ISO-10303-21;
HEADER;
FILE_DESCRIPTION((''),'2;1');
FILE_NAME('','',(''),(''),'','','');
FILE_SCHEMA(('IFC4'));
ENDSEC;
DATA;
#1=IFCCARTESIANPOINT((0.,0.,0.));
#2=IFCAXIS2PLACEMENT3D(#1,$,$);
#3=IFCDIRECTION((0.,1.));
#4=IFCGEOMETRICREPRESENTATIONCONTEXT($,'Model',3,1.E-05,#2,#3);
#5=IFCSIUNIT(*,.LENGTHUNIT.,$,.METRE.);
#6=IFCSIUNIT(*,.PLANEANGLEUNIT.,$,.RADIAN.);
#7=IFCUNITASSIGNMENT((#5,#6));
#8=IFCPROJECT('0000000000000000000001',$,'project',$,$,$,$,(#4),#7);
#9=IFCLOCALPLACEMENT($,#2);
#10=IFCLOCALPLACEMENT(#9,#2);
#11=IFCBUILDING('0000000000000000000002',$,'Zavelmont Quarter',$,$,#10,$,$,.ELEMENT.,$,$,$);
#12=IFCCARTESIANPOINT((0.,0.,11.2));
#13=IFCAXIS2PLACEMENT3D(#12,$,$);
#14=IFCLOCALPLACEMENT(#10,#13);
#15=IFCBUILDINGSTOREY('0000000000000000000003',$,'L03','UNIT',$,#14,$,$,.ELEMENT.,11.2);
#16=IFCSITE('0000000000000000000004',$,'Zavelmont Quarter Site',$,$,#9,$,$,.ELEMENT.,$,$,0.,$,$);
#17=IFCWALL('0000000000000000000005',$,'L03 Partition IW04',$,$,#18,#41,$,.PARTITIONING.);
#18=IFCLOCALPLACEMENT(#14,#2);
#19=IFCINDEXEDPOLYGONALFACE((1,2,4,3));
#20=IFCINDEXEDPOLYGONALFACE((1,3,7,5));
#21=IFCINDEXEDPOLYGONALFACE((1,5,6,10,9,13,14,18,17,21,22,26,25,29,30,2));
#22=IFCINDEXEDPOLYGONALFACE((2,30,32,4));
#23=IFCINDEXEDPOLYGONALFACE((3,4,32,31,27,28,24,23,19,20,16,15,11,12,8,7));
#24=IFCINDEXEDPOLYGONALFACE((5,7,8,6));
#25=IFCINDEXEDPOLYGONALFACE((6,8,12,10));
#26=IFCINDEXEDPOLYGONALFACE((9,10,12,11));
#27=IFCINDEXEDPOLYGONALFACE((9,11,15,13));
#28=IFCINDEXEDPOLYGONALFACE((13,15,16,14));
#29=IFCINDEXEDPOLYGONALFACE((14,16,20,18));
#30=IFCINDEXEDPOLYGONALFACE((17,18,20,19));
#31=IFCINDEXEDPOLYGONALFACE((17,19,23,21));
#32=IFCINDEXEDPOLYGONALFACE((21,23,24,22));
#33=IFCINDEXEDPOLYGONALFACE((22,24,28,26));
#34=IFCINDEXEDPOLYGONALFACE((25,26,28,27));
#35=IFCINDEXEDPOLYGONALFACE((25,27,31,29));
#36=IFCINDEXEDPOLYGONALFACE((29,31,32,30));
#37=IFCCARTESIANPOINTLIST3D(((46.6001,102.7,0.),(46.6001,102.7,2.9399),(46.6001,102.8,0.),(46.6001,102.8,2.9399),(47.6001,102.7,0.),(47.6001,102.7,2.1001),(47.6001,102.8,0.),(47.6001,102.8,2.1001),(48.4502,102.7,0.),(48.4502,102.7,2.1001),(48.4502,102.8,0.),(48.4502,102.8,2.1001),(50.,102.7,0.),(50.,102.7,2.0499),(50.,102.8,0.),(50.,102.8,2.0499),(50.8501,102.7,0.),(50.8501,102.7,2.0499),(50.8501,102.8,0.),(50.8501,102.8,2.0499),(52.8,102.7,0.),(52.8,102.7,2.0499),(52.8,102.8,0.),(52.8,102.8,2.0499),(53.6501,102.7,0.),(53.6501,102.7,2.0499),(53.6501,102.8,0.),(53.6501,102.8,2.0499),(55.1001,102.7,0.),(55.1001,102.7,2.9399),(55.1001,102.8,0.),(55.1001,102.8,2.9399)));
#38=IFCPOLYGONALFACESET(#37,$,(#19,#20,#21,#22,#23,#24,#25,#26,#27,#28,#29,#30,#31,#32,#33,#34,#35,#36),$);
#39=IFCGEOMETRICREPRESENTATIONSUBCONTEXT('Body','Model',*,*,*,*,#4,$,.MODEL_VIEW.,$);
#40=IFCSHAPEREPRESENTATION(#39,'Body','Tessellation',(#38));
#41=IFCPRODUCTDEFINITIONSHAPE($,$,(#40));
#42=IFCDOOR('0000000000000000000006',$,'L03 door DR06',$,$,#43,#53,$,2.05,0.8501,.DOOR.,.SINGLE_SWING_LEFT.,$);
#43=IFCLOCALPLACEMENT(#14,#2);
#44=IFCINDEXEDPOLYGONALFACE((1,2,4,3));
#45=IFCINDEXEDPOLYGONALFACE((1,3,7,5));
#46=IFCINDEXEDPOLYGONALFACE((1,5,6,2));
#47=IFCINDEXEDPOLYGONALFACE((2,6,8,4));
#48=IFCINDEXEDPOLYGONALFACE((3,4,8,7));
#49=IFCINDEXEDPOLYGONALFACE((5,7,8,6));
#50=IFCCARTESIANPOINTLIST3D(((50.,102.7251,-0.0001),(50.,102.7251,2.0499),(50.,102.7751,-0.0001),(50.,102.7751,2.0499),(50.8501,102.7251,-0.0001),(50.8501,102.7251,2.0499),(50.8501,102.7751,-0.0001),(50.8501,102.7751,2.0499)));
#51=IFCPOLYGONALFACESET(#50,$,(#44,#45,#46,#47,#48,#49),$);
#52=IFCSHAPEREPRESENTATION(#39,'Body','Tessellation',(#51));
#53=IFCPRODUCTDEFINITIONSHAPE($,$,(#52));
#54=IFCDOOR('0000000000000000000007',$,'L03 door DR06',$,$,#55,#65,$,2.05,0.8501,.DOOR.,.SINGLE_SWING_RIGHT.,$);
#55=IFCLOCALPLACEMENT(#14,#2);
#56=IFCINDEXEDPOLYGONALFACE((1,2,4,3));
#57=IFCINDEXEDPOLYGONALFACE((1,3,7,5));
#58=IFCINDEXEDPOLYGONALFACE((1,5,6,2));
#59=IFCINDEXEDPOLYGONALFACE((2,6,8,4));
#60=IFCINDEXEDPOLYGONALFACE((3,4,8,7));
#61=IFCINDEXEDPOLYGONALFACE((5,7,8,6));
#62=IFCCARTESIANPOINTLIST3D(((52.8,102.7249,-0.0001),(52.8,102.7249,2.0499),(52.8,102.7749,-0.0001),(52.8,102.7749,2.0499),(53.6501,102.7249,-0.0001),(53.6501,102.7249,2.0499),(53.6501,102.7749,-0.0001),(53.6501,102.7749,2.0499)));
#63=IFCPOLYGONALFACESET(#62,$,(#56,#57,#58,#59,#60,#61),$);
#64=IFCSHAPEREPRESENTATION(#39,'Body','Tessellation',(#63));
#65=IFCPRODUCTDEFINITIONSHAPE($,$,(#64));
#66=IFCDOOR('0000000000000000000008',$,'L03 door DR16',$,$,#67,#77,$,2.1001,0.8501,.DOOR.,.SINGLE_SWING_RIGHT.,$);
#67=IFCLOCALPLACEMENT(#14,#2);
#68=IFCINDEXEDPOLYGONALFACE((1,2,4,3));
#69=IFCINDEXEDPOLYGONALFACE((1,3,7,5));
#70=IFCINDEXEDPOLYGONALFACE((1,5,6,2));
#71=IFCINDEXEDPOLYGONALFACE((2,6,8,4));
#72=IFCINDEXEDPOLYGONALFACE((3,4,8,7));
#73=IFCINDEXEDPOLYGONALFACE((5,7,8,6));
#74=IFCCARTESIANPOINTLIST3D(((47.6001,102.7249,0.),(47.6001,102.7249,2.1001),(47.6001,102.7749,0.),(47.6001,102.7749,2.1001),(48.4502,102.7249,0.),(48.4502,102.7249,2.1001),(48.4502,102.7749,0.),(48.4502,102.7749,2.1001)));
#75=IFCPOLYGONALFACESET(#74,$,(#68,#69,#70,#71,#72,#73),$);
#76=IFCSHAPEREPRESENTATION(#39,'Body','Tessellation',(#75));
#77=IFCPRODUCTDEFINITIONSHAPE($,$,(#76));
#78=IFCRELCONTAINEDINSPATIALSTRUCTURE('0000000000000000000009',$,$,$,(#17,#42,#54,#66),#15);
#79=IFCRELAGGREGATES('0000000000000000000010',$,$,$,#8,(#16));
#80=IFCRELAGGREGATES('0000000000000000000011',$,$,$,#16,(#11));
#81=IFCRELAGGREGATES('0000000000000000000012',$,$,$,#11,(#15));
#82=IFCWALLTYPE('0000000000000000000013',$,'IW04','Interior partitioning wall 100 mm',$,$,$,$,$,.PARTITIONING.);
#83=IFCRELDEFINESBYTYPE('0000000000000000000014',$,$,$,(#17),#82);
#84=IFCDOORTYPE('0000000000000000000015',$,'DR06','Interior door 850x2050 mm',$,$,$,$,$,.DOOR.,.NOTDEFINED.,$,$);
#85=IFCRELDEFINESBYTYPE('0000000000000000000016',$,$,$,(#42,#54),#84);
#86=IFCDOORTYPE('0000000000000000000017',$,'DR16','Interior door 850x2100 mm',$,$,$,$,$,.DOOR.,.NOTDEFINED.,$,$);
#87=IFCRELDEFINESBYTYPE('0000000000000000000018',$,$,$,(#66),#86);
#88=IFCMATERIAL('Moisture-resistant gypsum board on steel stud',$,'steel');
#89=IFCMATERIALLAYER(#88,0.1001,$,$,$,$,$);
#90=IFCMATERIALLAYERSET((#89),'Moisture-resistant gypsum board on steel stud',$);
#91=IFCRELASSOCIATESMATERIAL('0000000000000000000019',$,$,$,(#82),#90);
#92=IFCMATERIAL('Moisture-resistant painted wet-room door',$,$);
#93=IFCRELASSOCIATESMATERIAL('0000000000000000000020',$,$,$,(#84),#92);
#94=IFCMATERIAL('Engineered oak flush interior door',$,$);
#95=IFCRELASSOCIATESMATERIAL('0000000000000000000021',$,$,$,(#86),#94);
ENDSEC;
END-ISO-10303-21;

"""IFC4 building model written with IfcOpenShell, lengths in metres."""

from ifc_helpers import new_model, si_unit, direction, frame, frame_2d, origin, origin_with_axes, place, context, subcontext, project, spatial, rectangle, extrude, material, layer, layer_set, type_object, element, fill, save


model = new_model("IFC4")

# Units and contexts
model_context = context("Model", 3, precision=1e-05, world=origin(), true_north=direction((0.0, 1.0)))
body_context = subcontext(model_context, "Body", "Model", "MODEL_VIEW")
ifc_project = project(units=[si_unit("LENGTHUNIT", "METRE"), si_unit("PLANEANGLEUNIT", "RADIAN")], contexts=[model_context])

# Site, building, storey
site_placement = place(None, origin())
site = spatial("IfcSite", under=ifc_project, at=site_placement, Name="Zavelmont Quarter Site", CompositionType="ELEMENT", RefElevation=0.0)
building_placement = place(site_placement, origin())
building = spatial("IfcBuilding", under=site, at=building_placement, Name="Zavelmont Quarter", CompositionType="ELEMENT")
storey_placement = place(building_placement, frame((0.0, 0.0, 11.2)))
storey = spatial("IfcBuildingStorey", under=building, at=storey_placement, Name="L03", Description="UNIT", CompositionType="ELEMENT", Elevation=11.2)

# Shared definitions
ifc_material_1 = material(Name="Engineered oak flush interior door")

# Shared definitions
ifc_material_2 = material(Name="Moisture-resistant gypsum board on steel stud", Category="steel")
ifc_layer_1 = layer(ifc_material_2, 0.1001)
ifc_layer_set_1 = layer_set([ifc_layer_1], Name="Moisture-resistant gypsum board on steel stud")
wall_type_1 = type_object("IfcWallType", Name="IW04", Description="Interior partitioning wall 100 mm", PredefinedType="PARTITIONING", material=ifc_layer_set_1)

# Wall, openings, doors
wall_1_placement = place(storey_placement, frame((46.6001, 102.75, 0.0), z_axis=(0.0, 0.0, 1.0), x_axis=(1.0, 0.0, 0.0)))
wall_1 = element("IfcWall", 1, at=wall_1_placement, inside=storey, type_object=wall_type_1, Name="L03 Partition IW04", PredefinedType="PARTITIONING", context=body_context, shape_type="SweptSolid", body=[
    extrude(rectangle(XDim=8.5, YDim=0.1001, at=frame_2d((4.25, 0.0))), origin(), (0.0, 0.0, 1.0), 2.9399),
])
opening_1_placement = place(wall_1_placement, frame((1.0, 0.0, 0.0)))
opening_1 = element("IfcOpeningElement", 2, at=opening_1_placement, cuts=wall_1, PredefinedType="OPENING", context=body_context, shape_type="SweptSolid", body=[
    extrude(rectangle(XDim=0.8501, YDim=2.1001, at=frame_2d((0.425, 1.05))), frame((0.0, 0.062, 0.0), z_axis=(0.0, -1.0, 0.0), x_axis=(1.0, 0.0, 0.0)), (0.0, 0.0, 1.0), 0.124),
])
opening_2_placement = place(wall_1_placement, frame((3.3999, 0.0, 0.0)))
opening_2 = element("IfcOpeningElement", 3, at=opening_2_placement, cuts=wall_1, PredefinedType="OPENING", context=body_context, shape_type="SweptSolid", body=[
    extrude(rectangle(XDim=0.8501, YDim=2.05, at=frame_2d((0.425, 1.0249))), frame((0.0, 0.062, 0.0), z_axis=(0.0, -1.0, 0.0), x_axis=(1.0, 0.0, 0.0)), (0.0, 0.0, 1.0), 0.124),
])
opening_3_placement = place(wall_1_placement, frame((6.2, 0.0, 0.0)))
opening_3 = element("IfcOpeningElement", 4, at=opening_3_placement, cuts=wall_1, PredefinedType="OPENING", context=body_context, shape_type="SweptSolid", body=[
    extrude(rectangle(XDim=0.8501, YDim=2.05, at=frame_2d((0.425, 1.0249))), frame((0.0, 0.062, 0.0), z_axis=(0.0, -1.0, 0.0), x_axis=(1.0, 0.0, 0.0)), (0.0, 0.0, 1.0), 0.124),
])
ifc_material_3 = material(Name="Moisture-resistant painted wet-room door")
door_type_1 = type_object("IfcDoorType", Name="DR06", Description="Interior door 850x2050 mm", OperationType="NOTDEFINED", PredefinedType="DOOR", material=ifc_material_3)
door_1_placement = place(opening_2_placement, frame((0.8501, 0.0, 0.0), z_axis=(0.0, 0.0, 1.0), x_axis=(-1.0, 0.0, 0.0)))
door_1 = element("IfcDoor", 5, at=door_1_placement, inside=storey, type_object=door_type_1, Name="L03 door DR06", OperationType="SINGLE_SWING_LEFT", OverallHeight=2.05, OverallWidth=0.8501, PredefinedType="DOOR", context=body_context, shape_type="SweptSolid", body=[
    extrude(rectangle(XDim=0.8501, YDim=2.05, at=frame_2d((0.425, 1.0249))), frame((0.0, 0.0249, 0.0), z_axis=(0.0, -1.0, 0.0), x_axis=(1.0, 0.0, 0.0)), (0.0, 0.0, 1.0), 0.05),
])
fill(opening_2, door_1)
door_2_placement = place(opening_3_placement, origin_with_axes())
door_2 = element("IfcDoor", 6, at=door_2_placement, inside=storey, type_object=door_type_1, Name="L03 door DR06", OperationType="SINGLE_SWING_RIGHT", OverallHeight=2.05, OverallWidth=0.8501, PredefinedType="DOOR", context=body_context, shape_type="SweptSolid", body=[
    extrude(rectangle(XDim=0.8501, YDim=2.05, at=frame_2d((0.425, 1.0249))), frame((0.0, 0.0249, 0.0), z_axis=(0.0, -1.0, 0.0), x_axis=(1.0, 0.0, 0.0)), (0.0, 0.0, 1.0), 0.05),
])
fill(opening_3, door_2)
door_type_2 = type_object("IfcDoorType", Name="DR16", Description="Interior door 850x2100 mm", OperationType="NOTDEFINED", PredefinedType="DOOR", material=ifc_material_1)
door_3_placement = place(opening_1_placement, origin_with_axes())
door_3 = element("IfcDoor", 7, at=door_3_placement, inside=storey, type_object=door_type_2, Name="L03 door DR16", OperationType="SINGLE_SWING_RIGHT", OverallHeight=2.1001, OverallWidth=0.8501, PredefinedType="DOOR", context=body_context, shape_type="SweptSolid", body=[
    extrude(rectangle(XDim=0.8501, YDim=2.1001, at=frame_2d((0.425, 1.05))), frame((0.0, 0.0249, 0.0), z_axis=(0.0, -1.0, 0.0), x_axis=(1.0, 0.0, 0.0)), (0.0, 0.0, 1.0), 0.05),
])
fill(opening_1, door_3)

save(model, "model.ifc")
